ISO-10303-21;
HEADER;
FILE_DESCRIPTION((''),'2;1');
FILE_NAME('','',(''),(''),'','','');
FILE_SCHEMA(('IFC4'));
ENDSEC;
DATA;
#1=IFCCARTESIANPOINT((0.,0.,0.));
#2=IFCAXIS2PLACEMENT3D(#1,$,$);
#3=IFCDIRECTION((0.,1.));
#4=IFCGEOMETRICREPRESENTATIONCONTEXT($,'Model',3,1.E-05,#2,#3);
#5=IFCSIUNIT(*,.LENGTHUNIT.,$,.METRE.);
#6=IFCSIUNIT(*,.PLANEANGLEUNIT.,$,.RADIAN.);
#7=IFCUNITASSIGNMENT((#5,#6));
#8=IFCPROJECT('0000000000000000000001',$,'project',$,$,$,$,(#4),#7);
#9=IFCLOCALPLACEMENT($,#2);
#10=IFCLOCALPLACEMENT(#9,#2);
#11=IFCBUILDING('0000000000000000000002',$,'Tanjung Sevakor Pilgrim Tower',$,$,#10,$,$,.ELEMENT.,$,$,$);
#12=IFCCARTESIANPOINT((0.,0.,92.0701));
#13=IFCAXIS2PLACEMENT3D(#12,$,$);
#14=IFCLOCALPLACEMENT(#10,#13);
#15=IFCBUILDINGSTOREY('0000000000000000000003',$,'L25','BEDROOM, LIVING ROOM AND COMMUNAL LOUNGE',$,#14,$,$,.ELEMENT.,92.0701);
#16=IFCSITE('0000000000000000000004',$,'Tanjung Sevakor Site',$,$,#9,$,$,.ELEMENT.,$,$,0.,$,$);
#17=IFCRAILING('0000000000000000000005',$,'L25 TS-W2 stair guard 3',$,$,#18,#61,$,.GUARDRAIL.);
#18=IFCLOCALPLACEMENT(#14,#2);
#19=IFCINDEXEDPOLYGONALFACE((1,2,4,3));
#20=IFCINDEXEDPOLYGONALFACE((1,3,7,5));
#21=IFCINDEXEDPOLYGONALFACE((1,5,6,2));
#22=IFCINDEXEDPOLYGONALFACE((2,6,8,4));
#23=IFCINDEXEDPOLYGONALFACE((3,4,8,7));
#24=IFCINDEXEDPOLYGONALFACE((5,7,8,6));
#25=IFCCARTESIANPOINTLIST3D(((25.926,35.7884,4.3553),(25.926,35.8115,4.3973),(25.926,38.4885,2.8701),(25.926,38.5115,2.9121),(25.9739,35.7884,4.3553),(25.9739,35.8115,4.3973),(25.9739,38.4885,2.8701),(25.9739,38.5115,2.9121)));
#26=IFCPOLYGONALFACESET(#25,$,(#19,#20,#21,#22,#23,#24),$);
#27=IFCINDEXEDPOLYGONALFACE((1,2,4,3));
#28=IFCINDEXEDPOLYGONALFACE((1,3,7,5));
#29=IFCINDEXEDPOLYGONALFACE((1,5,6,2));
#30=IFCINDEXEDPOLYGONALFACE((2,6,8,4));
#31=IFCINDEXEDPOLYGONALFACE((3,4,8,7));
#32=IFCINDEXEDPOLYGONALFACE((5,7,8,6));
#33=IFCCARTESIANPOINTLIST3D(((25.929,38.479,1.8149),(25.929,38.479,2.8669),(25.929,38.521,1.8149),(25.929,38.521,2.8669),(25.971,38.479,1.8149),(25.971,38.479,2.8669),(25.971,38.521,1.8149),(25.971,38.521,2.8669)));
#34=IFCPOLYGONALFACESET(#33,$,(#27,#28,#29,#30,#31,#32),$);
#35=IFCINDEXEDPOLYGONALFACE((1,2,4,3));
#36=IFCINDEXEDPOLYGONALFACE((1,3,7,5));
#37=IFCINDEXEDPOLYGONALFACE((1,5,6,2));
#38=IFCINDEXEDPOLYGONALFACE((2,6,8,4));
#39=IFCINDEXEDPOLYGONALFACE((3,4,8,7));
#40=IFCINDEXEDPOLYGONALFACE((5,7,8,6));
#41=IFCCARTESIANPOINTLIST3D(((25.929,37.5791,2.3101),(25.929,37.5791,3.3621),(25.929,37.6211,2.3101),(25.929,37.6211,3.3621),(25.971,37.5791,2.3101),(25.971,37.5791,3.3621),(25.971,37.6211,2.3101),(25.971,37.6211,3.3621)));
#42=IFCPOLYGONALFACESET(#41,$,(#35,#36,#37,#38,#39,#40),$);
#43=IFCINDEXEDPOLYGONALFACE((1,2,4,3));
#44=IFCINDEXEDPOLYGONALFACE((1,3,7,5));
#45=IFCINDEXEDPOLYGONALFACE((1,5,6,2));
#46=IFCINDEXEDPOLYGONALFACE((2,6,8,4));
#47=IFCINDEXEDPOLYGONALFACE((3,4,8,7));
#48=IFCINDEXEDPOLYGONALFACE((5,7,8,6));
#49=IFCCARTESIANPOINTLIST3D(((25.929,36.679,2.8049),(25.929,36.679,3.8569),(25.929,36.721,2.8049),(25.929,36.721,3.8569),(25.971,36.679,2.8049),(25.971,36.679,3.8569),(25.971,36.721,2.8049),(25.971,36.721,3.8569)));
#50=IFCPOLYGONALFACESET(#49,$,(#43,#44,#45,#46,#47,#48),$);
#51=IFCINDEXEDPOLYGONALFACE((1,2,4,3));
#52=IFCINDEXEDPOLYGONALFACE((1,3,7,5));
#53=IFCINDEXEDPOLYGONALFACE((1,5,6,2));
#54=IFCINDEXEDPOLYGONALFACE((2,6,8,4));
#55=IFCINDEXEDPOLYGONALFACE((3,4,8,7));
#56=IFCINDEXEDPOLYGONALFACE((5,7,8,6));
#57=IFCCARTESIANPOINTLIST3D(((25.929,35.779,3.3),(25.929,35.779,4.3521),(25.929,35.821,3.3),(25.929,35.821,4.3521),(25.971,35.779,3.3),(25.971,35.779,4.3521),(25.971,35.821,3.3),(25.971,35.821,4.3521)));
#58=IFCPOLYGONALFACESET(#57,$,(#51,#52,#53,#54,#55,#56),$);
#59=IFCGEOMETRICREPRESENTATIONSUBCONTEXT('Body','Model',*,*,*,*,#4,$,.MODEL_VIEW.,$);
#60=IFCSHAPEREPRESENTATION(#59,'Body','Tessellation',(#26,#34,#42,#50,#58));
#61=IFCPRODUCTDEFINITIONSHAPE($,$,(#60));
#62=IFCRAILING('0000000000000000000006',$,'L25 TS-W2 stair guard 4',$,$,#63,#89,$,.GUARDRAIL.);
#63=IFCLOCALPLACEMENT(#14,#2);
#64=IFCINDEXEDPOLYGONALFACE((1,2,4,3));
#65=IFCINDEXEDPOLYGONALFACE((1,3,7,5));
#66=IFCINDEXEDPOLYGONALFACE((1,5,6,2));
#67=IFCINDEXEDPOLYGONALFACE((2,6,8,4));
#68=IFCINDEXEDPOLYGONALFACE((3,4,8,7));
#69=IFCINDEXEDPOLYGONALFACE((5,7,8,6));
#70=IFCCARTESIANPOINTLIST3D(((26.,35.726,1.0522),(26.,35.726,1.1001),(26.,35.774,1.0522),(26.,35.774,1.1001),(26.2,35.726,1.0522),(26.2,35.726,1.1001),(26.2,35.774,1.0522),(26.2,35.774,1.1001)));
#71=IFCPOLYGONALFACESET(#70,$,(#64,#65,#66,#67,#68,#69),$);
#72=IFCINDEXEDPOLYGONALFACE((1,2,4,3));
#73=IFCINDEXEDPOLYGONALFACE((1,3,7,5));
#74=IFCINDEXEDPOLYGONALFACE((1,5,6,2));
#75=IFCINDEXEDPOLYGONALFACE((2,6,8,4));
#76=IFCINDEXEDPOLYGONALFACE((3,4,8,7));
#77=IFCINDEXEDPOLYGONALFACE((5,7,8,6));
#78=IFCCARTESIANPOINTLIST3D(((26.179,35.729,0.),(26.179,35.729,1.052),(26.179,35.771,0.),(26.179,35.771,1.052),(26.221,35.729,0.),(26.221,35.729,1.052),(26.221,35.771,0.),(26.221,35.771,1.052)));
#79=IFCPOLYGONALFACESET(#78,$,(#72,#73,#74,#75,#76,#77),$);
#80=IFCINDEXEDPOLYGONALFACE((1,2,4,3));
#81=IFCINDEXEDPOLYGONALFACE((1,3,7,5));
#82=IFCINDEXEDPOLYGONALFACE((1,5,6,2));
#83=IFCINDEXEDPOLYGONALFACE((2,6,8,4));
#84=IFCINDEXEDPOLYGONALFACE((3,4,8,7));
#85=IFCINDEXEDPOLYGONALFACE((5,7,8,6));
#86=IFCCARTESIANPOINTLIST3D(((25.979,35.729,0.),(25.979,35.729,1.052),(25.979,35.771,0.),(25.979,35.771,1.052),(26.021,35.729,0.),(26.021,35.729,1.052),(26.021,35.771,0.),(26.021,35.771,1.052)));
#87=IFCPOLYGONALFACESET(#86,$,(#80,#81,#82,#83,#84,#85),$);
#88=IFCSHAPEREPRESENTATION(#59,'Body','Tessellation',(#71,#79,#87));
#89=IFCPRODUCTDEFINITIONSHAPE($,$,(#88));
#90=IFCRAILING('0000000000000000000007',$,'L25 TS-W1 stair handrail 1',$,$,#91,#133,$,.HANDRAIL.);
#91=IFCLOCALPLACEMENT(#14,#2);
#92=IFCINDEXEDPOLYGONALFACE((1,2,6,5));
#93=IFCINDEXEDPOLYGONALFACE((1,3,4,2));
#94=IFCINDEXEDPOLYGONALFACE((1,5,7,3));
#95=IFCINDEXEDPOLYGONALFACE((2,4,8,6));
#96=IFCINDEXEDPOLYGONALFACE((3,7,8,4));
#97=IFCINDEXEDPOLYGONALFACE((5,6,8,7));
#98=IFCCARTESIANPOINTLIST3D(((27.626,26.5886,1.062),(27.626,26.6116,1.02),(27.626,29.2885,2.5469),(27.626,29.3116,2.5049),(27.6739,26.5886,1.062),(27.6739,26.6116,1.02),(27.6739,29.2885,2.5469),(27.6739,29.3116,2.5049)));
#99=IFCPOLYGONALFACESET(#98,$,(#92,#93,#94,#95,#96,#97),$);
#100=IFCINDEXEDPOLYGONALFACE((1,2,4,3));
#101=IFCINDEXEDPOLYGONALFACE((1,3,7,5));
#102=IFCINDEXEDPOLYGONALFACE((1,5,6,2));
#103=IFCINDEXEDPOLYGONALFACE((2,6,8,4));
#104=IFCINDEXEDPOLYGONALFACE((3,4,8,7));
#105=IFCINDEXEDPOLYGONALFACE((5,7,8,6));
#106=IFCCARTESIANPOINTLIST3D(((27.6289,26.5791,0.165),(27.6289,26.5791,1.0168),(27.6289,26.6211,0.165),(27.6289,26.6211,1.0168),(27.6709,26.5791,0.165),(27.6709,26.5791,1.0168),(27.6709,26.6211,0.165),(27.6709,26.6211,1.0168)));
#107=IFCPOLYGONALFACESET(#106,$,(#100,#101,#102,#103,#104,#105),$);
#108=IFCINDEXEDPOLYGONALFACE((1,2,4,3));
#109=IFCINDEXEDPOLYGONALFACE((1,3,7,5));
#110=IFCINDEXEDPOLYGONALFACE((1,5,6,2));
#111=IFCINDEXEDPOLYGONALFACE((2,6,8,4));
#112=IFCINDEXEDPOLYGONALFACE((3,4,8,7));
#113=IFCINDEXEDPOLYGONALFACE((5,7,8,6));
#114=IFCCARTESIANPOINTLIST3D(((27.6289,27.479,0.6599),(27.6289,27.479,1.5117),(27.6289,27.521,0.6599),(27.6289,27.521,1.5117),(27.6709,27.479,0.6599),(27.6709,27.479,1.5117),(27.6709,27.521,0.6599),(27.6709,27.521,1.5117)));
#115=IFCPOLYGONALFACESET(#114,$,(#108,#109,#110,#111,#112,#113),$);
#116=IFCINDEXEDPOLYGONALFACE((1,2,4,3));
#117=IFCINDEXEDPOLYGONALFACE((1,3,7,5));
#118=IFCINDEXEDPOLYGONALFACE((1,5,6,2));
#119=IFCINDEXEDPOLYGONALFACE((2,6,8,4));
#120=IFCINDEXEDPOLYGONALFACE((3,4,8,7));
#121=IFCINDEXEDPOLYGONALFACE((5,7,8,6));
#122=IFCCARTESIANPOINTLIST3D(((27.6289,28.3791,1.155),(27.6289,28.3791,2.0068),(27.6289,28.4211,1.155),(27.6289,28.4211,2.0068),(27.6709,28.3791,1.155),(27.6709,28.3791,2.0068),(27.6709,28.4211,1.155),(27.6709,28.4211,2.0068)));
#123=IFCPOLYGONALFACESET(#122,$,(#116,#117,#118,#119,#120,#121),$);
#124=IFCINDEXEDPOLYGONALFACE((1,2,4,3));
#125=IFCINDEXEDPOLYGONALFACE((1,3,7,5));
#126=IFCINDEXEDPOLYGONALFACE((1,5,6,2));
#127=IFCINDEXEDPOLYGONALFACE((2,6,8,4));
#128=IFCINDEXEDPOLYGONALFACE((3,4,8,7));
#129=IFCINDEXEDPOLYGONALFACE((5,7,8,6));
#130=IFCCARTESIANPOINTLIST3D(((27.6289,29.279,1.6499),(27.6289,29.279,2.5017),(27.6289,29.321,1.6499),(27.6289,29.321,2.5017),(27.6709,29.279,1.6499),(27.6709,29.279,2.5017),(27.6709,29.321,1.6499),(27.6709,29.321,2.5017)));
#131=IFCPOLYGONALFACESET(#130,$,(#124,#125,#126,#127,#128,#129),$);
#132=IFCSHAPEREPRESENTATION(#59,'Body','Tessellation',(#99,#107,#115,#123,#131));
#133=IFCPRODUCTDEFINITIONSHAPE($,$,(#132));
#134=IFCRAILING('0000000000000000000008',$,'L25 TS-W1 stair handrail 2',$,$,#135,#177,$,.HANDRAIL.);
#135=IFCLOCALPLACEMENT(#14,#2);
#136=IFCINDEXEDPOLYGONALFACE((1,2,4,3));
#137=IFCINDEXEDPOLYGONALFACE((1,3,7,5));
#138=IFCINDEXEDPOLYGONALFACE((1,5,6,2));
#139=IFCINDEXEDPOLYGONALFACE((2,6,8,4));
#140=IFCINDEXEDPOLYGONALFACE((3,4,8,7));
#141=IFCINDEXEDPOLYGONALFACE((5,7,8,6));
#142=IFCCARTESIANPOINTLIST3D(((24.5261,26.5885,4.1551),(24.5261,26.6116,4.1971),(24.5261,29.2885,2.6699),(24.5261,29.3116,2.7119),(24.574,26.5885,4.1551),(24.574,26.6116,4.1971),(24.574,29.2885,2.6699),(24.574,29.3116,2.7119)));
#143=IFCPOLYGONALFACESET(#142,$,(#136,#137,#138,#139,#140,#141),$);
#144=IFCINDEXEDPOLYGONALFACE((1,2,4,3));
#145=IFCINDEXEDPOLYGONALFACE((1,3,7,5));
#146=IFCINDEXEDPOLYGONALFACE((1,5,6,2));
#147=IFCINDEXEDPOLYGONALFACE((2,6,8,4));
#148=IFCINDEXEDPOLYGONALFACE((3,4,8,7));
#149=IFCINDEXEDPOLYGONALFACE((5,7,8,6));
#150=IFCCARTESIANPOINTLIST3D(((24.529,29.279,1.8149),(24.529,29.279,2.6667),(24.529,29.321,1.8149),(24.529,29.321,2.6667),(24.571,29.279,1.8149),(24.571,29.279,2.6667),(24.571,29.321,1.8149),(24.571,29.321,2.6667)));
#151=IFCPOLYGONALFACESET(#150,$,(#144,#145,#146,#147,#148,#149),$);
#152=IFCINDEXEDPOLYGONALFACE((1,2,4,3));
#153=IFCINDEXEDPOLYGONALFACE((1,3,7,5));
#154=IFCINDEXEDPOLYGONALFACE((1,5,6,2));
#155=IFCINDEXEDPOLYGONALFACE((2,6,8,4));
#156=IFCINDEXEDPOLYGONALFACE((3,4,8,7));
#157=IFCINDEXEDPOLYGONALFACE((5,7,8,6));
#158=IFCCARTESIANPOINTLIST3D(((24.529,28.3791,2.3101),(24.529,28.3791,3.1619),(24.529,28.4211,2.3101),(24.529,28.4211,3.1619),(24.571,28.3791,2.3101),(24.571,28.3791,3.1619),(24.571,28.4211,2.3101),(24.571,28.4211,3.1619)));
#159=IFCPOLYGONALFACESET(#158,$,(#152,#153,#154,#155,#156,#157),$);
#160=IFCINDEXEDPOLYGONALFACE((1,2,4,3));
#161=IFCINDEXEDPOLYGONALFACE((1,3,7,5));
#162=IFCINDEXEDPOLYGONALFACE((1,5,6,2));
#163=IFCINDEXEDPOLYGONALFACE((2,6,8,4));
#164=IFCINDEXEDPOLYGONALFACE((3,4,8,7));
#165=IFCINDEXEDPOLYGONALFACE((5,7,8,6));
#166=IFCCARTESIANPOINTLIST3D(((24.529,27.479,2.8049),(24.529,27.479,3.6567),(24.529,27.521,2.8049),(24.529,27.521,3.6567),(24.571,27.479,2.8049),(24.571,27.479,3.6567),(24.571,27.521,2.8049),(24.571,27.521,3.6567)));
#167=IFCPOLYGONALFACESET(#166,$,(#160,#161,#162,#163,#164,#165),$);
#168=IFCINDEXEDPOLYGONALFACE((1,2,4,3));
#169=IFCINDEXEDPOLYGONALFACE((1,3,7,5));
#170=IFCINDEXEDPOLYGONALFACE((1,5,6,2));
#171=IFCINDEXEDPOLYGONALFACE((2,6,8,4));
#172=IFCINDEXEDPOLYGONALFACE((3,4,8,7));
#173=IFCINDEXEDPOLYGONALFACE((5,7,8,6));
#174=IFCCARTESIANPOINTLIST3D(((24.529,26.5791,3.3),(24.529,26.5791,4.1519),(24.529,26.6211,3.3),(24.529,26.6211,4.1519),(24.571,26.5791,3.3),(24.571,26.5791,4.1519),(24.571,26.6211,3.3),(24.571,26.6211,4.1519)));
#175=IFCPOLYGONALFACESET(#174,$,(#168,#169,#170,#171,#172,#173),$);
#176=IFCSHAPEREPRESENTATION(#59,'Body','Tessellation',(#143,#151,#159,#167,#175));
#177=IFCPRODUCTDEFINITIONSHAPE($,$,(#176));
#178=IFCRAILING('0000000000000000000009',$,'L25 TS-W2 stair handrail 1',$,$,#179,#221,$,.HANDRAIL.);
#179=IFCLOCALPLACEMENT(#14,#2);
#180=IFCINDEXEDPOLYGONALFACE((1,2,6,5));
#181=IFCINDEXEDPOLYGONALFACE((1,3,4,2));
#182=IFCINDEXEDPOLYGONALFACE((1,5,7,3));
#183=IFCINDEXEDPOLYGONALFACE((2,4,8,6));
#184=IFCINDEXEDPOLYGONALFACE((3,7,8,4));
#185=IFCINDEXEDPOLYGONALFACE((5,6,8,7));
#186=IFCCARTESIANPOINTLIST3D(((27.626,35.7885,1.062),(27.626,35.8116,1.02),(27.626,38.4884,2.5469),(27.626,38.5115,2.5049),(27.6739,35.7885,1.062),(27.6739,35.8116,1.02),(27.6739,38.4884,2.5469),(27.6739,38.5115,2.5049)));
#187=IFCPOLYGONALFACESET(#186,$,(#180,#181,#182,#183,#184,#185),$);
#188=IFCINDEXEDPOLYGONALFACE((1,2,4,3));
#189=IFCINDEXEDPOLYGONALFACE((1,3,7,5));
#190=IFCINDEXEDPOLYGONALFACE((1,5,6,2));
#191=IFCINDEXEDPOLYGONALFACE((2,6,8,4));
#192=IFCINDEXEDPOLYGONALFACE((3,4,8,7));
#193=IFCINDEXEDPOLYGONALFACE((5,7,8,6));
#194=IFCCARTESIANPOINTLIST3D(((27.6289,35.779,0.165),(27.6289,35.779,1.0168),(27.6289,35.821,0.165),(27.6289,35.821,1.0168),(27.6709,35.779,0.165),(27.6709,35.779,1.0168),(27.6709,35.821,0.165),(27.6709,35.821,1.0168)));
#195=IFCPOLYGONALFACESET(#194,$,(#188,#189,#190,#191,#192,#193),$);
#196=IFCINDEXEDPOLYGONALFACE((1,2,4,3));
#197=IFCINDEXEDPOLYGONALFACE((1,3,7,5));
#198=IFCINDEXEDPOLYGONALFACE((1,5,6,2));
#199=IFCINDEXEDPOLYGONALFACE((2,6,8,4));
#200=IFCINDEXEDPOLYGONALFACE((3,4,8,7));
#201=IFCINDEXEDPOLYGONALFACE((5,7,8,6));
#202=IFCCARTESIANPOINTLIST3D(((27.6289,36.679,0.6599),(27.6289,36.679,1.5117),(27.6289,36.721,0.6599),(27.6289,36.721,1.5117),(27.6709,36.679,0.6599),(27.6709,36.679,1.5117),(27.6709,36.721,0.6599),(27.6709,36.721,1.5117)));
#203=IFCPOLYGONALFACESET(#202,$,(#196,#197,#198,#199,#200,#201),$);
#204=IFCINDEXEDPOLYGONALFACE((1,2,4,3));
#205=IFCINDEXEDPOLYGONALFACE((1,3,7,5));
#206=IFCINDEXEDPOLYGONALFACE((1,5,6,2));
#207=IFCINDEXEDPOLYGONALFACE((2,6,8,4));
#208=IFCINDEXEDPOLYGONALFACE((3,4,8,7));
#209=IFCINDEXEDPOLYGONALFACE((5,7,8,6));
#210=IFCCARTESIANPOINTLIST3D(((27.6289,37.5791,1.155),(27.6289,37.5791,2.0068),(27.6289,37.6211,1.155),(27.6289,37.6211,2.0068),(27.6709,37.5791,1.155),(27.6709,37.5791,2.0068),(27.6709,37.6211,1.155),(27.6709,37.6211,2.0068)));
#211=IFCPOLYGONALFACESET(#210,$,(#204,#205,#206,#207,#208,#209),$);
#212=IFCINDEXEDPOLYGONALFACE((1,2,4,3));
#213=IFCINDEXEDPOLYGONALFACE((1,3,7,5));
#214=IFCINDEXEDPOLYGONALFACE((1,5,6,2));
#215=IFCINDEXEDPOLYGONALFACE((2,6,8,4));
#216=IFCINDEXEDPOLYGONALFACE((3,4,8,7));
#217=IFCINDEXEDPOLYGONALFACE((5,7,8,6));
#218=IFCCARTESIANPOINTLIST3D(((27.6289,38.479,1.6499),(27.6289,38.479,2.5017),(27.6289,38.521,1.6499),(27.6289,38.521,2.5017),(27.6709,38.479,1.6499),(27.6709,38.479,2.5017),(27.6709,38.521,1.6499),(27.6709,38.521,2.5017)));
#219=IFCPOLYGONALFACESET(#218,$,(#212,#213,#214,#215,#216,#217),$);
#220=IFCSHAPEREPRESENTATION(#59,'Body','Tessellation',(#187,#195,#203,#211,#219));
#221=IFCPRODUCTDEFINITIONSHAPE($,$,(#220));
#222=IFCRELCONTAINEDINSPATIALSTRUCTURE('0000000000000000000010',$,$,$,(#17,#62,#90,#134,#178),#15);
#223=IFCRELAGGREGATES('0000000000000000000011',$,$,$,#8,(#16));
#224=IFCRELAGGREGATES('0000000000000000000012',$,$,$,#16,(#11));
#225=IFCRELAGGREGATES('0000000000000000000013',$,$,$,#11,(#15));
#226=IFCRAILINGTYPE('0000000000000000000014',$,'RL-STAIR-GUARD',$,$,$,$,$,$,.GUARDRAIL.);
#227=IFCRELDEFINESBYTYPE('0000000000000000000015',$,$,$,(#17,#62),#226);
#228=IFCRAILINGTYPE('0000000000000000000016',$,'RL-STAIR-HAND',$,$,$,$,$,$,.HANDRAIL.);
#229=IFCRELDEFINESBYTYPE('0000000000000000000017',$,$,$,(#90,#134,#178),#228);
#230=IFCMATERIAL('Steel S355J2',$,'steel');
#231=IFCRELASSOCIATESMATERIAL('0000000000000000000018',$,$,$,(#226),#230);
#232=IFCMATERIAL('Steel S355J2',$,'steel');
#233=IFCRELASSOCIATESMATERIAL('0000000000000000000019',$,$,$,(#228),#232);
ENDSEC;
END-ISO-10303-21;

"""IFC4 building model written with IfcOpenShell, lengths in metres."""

from ifc_helpers import new_model, si_unit, direction, frame, origin, place, context, subcontext, project, spatial, rectangle, extrude, material, type_object, element, save


model = new_model("IFC4")

# Units and contexts
model_context = context("Model", 3, precision=1e-05, world=origin(), true_north=direction((0.0, 1.0)))
body_context = subcontext(model_context, "Body", "Model", "MODEL_VIEW")
ifc_project = project(units=[si_unit("LENGTHUNIT", "METRE"), si_unit("PLANEANGLEUNIT", "RADIAN")], contexts=[model_context])

# Site, building, storey
site_placement = place(None, origin())
site = spatial("IfcSite", under=ifc_project, at=site_placement, Name="Tanjung Sevakor Site", CompositionType="ELEMENT", RefElevation=0.0)
building_placement = place(site_placement, origin())
building = spatial("IfcBuilding", under=site, at=building_placement, Name="Tanjung Sevakor Pilgrim Tower", CompositionType="ELEMENT")
storey_placement = place(building_placement, frame((0.0, 0.0, 92.0701)))
storey = spatial("IfcBuildingStorey", under=building, at=storey_placement, Name="L25", Description="BEDROOM, LIVING ROOM AND COMMUNAL LOUNGE", CompositionType="ELEMENT", Elevation=92.0701)

# Railings
ifc_material_1 = material(Name="Steel S355J2", Category="steel")
railing_type_1 = type_object("IfcRailingType", Name="RL-STAIR-GUARD", PredefinedType="GUARDRAIL", material=ifc_material_1)
railing_1_placement = place(storey_placement, frame((25.95, 38.5, 1.8149)))
element("IfcRailing", 1, at=railing_1_placement, inside=storey, type_object=railing_type_1, Name="L25 TS-W2 stair guard 3", PredefinedType="GUARDRAIL", context=body_context, shape_type="SweptSolid", body=[
    extrude(rectangle(XDim=0.0479, YDim=0.0479), frame((0.0, 0.0, 1.0762), z_axis=(0.0, -0.876198, 0.481952), x_axis=(1.0, 0.0, 0.0)), (0.0, 0.0, 1.0), 3.0815),
    extrude(rectangle(XDim=0.042, YDim=0.042), origin(), (0.0, 0.0, 1.0), 1.052),
    extrude(rectangle(XDim=0.042, YDim=0.042), frame((0.0, -0.8999, 0.4951)), (0.0, 0.0, 1.0), 1.052),
    extrude(rectangle(XDim=0.042, YDim=0.042), frame((0.0, -1.8, 0.99)), (0.0, 0.0, 1.0), 1.052),
    extrude(rectangle(XDim=0.042, YDim=0.042), frame((0.0, -2.7, 1.4851)), (0.0, 0.0, 1.0), 1.052),
])
railing_2_placement = place(storey_placement, frame((26.2, 35.75, 0.0)))
element("IfcRailing", 2, at=railing_2_placement, inside=storey, type_object=railing_type_1, Name="L25 TS-W2 stair guard 4", PredefinedType="GUARDRAIL", context=body_context, shape_type="SweptSolid", body=[
    extrude(rectangle(XDim=0.0479, YDim=0.0479), frame((0.0, 0.0, 1.0762), z_axis=(-1.0, 0.0, 0.0), x_axis=(0.0, -1.0, 0.0)), (0.0, 0.0, 1.0), 0.2),
    extrude(rectangle(XDim=0.042, YDim=0.042), origin(), (0.0, 0.0, 1.0), 1.052),
    extrude(rectangle(XDim=0.042, YDim=0.042), frame((-0.2, 0.0, 0.0)), (0.0, 0.0, 1.0), 1.052),
])
ifc_material_2 = material(Name="Steel S355J2", Category="steel")
railing_type_2 = type_object("IfcRailingType", Name="RL-STAIR-HAND", PredefinedType="HANDRAIL", material=ifc_material_2)
railing_3_placement = place(storey_placement, frame((27.6499, 26.6001, 0.165)))
element("IfcRailing", 3, at=railing_3_placement, inside=storey, type_object=railing_type_2, Name="L25 TS-W1 stair handrail 1", PredefinedType="HANDRAIL", context=body_context, shape_type="SweptSolid", body=[
    extrude(rectangle(XDim=0.0479, YDim=0.0479), frame((0.0, 0.0, 0.876), z_axis=(0.0, 0.876231, 0.481891), x_axis=(-1.0, 0.0, 0.0)), (0.0, 0.0, 1.0), 3.0813),
    extrude(rectangle(XDim=0.042, YDim=0.042), origin(), (0.0, 0.0, 1.0), 0.8518),
    extrude(rectangle(XDim=0.042, YDim=0.042), frame((0.0, 0.8999, 0.4949)), (0.0, 0.0, 1.0), 0.8518),
    extrude(rectangle(XDim=0.042, YDim=0.042), frame((0.0, 1.8, 0.99)), (0.0, 0.0, 1.0), 0.8518),
    extrude(rectangle(XDim=0.042, YDim=0.042), frame((0.0, 2.7, 1.4849)), (0.0, 0.0, 1.0), 0.8518),
])
railing_4_placement = place(storey_placement, frame((24.55, 29.3, 1.8149)))
element("IfcRailing", 4, at=railing_4_placement, inside=storey, type_object=railing_type_2, Name="L25 TS-W1 stair handrail 2", PredefinedType="HANDRAIL", context=body_context, shape_type="SweptSolid", body=[
    extrude(rectangle(XDim=0.0479, YDim=0.0479), frame((0.0, 0.0, 0.876), z_axis=(0.0, -0.876198, 0.481952), x_axis=(1.0, 0.0, 0.0)), (0.0, 0.0, 1.0), 3.0815),
    extrude(rectangle(XDim=0.042, YDim=0.042), origin(), (0.0, 0.0, 1.0), 0.8518),
    extrude(rectangle(XDim=0.042, YDim=0.042), frame((0.0, -0.8999, 0.4951)), (0.0, 0.0, 1.0), 0.8518),
    extrude(rectangle(XDim=0.042, YDim=0.042), frame((0.0, -1.8, 0.99)), (0.0, 0.0, 1.0), 0.8518),
    extrude(rectangle(XDim=0.042, YDim=0.042), frame((0.0, -2.7, 1.4851)), (0.0, 0.0, 1.0), 0.8518),
])
railing_5_placement = place(storey_placement, frame((27.6499, 35.8, 0.165)))
element("IfcRailing", 5, at=railing_5_placement, inside=storey, type_object=railing_type_2, Name="L25 TS-W2 stair handrail 1", PredefinedType="HANDRAIL", context=body_context, shape_type="SweptSolid", body=[
    extrude(rectangle(XDim=0.0479, YDim=0.0479), frame((0.0, 0.0, 0.876), z_axis=(0.0, 0.876231, 0.481891), x_axis=(-1.0, 0.0, 0.0)), (0.0, 0.0, 1.0), 3.0813),
    extrude(rectangle(XDim=0.042, YDim=0.042), origin(), (0.0, 0.0, 1.0), 0.8518),
    extrude(rectangle(XDim=0.042, YDim=0.042), frame((0.0, 0.8999, 0.4949)), (0.0, 0.0, 1.0), 0.8518),
    extrude(rectangle(XDim=0.042, YDim=0.042), frame((0.0, 1.8, 0.99)), (0.0, 0.0, 1.0), 0.8518),
    extrude(rectangle(XDim=0.042, YDim=0.042), frame((0.0, 2.7, 1.4849)), (0.0, 0.0, 1.0), 0.8518),
])

save(model, "model.ifc")
